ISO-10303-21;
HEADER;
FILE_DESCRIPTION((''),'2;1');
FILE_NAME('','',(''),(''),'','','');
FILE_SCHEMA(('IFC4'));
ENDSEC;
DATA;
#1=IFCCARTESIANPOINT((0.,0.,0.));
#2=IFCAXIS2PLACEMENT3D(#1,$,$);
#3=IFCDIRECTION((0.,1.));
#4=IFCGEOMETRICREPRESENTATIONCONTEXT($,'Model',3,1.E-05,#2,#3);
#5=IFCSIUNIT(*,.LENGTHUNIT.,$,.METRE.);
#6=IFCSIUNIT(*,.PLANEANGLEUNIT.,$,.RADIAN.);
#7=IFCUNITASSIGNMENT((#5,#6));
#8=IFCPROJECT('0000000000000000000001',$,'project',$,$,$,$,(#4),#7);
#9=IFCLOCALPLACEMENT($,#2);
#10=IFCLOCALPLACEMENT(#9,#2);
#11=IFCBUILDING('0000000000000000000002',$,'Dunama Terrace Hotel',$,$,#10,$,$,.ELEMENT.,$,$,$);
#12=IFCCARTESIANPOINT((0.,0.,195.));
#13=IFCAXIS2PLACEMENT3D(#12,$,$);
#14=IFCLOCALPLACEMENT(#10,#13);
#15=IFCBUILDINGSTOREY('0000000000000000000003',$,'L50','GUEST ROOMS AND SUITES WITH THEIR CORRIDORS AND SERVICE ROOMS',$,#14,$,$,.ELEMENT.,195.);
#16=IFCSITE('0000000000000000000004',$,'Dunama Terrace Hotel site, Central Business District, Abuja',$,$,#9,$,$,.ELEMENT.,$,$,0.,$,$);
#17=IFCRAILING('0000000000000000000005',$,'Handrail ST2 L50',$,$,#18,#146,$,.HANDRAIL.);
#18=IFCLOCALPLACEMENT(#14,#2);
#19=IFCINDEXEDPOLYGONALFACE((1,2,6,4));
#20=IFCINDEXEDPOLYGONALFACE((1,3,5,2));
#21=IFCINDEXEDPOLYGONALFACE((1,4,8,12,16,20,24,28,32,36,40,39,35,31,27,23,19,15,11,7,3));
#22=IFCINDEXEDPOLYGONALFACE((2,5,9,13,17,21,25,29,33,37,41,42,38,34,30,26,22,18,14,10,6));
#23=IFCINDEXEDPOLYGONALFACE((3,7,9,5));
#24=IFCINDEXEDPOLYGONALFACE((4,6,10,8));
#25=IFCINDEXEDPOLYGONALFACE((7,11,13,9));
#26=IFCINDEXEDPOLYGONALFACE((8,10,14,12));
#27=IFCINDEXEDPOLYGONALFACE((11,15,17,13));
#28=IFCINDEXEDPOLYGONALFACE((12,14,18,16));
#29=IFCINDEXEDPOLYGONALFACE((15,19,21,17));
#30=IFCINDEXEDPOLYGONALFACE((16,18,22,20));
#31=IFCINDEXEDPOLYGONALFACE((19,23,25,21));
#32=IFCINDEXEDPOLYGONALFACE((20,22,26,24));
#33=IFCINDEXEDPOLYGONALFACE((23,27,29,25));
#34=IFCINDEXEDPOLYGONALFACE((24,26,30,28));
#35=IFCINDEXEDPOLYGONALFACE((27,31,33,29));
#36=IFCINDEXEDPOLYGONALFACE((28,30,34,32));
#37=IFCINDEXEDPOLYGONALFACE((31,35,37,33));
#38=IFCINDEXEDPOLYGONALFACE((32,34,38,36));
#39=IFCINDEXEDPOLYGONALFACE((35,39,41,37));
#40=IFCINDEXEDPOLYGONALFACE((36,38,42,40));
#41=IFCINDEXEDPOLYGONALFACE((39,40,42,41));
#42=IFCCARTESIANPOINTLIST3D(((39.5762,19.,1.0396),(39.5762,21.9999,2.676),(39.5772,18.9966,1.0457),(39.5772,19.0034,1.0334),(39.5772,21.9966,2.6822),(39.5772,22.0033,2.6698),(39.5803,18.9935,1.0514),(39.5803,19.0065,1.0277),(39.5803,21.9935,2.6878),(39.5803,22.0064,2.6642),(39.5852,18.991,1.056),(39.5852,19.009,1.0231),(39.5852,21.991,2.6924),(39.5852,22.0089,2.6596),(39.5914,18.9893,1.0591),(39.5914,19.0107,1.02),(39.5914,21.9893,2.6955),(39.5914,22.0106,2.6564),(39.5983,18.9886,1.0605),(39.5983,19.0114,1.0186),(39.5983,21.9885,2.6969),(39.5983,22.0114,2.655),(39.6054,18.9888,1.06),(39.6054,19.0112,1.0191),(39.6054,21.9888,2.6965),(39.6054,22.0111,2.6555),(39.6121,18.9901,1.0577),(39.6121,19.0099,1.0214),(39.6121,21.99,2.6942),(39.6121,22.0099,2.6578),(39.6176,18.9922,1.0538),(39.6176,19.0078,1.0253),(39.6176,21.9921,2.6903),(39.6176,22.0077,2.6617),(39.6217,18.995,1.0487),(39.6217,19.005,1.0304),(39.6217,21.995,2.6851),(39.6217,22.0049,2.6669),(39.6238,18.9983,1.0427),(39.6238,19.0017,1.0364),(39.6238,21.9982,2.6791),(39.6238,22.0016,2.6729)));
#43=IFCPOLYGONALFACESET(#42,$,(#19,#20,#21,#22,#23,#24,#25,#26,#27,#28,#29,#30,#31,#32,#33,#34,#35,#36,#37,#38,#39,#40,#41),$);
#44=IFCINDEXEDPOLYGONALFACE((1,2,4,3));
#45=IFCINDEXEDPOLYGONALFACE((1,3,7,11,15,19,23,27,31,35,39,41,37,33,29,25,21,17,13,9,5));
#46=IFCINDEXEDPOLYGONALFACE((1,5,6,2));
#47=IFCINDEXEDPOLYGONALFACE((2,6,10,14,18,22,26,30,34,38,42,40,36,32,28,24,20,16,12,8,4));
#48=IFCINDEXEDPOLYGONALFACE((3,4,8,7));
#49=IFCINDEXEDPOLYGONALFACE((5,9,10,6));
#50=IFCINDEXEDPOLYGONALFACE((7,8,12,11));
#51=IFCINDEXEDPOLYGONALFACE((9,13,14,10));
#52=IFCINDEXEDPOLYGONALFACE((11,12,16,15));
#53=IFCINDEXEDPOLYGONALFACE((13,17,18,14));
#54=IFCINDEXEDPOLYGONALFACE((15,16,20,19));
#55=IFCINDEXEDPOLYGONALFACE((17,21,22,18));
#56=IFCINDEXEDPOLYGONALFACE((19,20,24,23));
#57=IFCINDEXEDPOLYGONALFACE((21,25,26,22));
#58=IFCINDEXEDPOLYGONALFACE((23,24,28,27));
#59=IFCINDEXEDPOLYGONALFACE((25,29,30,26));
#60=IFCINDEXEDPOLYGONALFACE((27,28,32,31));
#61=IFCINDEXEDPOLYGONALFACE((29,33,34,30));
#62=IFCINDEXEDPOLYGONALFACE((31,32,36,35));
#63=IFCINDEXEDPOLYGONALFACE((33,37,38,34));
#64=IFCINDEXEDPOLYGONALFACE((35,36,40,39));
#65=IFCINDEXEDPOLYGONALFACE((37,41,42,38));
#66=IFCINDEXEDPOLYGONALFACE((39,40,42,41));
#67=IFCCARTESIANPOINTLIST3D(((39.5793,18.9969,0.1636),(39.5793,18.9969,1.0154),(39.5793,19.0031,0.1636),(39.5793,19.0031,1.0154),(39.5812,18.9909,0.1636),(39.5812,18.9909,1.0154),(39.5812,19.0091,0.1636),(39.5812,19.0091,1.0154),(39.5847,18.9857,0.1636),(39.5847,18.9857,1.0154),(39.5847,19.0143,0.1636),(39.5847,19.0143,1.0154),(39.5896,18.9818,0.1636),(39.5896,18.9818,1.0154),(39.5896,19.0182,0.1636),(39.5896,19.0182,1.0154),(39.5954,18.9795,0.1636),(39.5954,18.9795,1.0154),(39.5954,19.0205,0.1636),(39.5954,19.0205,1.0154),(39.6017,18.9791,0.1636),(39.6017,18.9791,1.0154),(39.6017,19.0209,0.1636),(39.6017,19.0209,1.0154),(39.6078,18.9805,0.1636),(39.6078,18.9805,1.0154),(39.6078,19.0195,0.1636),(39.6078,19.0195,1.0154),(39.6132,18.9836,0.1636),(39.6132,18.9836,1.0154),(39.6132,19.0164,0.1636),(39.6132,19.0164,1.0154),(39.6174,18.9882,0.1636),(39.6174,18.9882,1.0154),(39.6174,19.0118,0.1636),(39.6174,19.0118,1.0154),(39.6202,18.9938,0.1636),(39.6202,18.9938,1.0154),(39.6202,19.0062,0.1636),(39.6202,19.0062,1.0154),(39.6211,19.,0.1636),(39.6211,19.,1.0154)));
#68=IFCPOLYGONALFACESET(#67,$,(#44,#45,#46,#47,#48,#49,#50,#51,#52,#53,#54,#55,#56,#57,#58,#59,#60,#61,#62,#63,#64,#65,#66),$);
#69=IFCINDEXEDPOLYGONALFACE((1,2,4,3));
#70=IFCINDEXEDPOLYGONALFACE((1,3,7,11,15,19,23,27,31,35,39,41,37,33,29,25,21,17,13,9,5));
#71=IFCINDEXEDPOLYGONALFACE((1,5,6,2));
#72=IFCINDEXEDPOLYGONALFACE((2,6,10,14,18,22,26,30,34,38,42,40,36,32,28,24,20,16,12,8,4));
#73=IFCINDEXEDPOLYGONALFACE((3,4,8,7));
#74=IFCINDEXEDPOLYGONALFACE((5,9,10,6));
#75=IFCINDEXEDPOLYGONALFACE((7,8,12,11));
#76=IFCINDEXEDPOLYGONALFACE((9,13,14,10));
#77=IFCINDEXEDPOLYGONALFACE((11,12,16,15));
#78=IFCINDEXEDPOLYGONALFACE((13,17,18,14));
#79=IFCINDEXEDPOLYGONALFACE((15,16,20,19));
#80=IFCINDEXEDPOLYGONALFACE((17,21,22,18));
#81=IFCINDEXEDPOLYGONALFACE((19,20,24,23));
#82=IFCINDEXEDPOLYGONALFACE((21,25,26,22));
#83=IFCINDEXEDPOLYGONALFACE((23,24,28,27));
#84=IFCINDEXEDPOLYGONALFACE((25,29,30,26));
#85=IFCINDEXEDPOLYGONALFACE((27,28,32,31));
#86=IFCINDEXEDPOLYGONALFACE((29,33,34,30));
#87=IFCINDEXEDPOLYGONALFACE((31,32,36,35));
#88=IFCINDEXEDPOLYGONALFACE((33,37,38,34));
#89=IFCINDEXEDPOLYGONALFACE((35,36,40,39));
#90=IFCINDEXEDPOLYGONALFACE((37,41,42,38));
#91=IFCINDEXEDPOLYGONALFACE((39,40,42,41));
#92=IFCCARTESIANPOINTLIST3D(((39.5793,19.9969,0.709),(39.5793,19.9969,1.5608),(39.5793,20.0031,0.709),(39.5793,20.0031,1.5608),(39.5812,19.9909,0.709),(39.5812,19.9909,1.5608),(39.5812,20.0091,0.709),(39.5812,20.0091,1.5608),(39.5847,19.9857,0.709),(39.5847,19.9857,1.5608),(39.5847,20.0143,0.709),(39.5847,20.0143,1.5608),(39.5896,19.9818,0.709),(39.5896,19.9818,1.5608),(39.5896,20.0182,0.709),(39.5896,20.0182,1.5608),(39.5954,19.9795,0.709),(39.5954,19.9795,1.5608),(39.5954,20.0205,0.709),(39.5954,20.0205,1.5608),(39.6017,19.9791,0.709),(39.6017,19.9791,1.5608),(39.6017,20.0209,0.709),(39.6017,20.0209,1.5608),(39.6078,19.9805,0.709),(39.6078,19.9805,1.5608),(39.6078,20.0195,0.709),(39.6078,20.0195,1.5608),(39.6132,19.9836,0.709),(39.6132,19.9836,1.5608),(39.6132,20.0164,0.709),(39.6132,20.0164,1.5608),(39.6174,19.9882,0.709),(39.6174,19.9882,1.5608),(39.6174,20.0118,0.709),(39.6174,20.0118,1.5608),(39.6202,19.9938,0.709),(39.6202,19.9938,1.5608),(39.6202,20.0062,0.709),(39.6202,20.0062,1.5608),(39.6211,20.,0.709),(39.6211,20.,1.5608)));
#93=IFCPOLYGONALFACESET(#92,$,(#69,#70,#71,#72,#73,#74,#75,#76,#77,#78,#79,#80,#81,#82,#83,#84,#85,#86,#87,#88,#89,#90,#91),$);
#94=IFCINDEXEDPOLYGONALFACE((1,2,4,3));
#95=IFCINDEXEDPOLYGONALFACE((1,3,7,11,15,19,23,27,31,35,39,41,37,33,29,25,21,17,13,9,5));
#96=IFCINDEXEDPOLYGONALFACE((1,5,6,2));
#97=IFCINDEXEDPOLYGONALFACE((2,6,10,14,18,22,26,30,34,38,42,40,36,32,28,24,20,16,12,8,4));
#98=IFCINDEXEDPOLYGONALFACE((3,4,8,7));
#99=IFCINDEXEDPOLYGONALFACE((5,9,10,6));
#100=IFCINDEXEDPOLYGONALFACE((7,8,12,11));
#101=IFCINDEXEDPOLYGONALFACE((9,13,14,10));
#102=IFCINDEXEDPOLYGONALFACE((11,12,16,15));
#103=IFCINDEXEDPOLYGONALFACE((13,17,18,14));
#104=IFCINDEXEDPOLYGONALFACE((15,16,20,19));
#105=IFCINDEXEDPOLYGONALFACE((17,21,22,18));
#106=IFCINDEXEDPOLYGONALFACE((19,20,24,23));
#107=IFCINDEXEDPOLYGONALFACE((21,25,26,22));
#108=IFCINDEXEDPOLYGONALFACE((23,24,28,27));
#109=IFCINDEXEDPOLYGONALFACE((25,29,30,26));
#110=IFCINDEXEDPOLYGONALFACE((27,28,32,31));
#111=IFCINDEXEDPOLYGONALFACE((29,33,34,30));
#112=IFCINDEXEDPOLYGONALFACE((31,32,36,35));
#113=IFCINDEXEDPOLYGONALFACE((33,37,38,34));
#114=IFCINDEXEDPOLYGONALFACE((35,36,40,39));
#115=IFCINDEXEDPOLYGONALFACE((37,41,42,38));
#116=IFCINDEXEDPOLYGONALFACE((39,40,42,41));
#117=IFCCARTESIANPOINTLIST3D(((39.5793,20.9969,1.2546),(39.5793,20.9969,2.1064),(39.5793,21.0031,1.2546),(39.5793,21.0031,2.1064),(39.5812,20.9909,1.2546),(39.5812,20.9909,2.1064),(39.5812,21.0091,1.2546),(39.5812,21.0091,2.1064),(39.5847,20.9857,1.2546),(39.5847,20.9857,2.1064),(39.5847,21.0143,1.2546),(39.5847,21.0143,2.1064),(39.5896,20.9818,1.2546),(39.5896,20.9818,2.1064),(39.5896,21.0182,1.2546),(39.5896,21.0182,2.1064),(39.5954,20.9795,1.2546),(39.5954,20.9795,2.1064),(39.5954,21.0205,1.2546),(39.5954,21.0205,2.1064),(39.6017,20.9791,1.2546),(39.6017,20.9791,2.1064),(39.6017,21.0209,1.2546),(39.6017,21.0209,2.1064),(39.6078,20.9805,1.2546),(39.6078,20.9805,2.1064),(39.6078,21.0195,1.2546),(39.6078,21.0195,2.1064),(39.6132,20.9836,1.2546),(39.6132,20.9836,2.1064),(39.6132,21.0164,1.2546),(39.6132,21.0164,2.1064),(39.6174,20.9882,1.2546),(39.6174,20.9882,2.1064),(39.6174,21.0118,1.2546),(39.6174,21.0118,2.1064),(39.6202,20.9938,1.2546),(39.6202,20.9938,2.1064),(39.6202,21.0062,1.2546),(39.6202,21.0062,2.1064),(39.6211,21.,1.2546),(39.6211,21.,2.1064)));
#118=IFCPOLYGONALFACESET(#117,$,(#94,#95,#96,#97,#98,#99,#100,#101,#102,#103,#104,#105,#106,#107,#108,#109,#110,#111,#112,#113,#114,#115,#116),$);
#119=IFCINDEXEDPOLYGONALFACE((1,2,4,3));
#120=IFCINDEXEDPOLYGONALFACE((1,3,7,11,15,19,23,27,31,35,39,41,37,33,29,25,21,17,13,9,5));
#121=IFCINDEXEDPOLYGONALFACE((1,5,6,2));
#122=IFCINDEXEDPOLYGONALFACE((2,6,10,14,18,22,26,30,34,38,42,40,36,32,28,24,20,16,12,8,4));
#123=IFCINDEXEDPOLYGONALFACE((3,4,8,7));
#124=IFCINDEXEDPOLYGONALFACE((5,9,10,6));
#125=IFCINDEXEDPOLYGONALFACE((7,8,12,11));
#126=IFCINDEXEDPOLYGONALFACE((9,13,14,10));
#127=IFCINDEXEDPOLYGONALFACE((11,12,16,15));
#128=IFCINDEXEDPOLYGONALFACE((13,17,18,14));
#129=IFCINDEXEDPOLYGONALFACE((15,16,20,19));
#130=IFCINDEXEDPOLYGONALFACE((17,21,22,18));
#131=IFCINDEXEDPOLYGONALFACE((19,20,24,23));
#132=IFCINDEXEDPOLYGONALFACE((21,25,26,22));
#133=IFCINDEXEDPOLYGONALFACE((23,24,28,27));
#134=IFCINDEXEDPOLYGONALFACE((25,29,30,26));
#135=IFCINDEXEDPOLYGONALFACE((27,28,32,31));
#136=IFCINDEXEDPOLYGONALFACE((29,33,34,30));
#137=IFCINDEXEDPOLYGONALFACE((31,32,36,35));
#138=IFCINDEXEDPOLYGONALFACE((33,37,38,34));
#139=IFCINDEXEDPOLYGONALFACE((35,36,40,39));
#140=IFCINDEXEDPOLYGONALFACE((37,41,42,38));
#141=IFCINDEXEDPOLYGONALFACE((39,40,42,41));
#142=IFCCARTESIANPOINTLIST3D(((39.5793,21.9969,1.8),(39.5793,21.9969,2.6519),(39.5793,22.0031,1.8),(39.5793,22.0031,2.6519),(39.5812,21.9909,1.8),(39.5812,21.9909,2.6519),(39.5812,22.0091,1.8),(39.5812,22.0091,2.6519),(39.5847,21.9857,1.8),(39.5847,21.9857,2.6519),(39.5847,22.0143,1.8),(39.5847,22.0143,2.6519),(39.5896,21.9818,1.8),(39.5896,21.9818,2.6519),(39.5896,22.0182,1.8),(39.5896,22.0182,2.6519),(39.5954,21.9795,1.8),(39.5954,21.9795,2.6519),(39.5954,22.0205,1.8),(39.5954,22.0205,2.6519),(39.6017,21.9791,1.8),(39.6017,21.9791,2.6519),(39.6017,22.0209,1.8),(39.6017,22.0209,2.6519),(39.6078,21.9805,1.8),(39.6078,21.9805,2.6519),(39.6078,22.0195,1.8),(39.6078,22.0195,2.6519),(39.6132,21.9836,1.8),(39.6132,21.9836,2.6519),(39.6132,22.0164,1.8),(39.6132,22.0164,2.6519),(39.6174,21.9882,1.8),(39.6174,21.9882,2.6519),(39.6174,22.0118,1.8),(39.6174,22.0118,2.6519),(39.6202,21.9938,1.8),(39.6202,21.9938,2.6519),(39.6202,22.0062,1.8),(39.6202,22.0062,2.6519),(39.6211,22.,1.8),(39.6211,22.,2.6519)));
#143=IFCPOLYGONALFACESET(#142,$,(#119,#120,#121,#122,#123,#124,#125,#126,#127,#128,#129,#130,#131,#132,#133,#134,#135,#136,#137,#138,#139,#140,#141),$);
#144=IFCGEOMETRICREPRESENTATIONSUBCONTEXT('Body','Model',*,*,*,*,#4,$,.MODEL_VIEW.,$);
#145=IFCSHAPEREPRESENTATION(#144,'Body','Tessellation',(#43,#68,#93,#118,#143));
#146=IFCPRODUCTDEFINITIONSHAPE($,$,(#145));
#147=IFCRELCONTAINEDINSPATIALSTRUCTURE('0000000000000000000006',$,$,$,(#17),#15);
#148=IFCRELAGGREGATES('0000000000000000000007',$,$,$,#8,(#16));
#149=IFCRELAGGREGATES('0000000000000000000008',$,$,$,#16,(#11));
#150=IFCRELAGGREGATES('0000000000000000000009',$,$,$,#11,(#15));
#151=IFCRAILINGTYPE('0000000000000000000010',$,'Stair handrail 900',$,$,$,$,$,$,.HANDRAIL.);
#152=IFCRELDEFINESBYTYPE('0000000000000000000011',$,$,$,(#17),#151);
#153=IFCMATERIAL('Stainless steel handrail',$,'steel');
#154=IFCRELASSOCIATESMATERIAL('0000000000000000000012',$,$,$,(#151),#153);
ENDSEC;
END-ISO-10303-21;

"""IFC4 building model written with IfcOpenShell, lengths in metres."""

from ifc_helpers import new_model, si_unit, direction, frame, origin, origin_2d, place, context, subcontext, project, spatial, circle, extrude, material, type_object, element, save


model = new_model("IFC4")

# Units and contexts
model_context = context("Model", 3, precision=1e-05, world=origin(), true_north=direction((0.0, 1.0)))
body_context = subcontext(model_context, "Body", "Model", "MODEL_VIEW")
ifc_project = project(units=[si_unit("LENGTHUNIT", "METRE"), si_unit("PLANEANGLEUNIT", "RADIAN")], contexts=[model_context])

# Site, building, storey
site_placement = place(None, origin())
site = spatial("IfcSite", under=ifc_project, at=site_placement, Name="Dunama Terrace Hotel site, Central Business District, Abuja", CompositionType="ELEMENT", RefElevation=0.0)
building_placement = place(site_placement, origin())
building = spatial("IfcBuilding", under=site, at=building_placement, Name="Dunama Terrace Hotel", CompositionType="ELEMENT")
storey_placement = place(building_placement, frame((0.0, 0.0, 195.0)))
storey = spatial("IfcBuildingStorey", under=building, at=storey_placement, Name="L50", Description="GUEST ROOMS AND SUITES WITH THEIR CORRIDORS AND SERVICE ROOMS", CompositionType="ELEMENT", Elevation=195.0)

# Railing
ifc_material_1 = material(Name="Stainless steel handrail", Category="steel")
railing_type = type_object("IfcRailingType", Name="Stair handrail 900", PredefinedType="HANDRAIL", material=ifc_material_1)
railing_1_placement = place(storey_placement, frame((39.6001, 19.0, 0.1636)))
element("IfcRailing", 1, at=railing_1_placement, inside=storey, type_object=railing_type, Name="Handrail ST2 L50", PredefinedType="HANDRAIL", context=body_context, shape_type="SweptSolid", body=[
    extrude(circle(Radius=0.0239, at=origin_2d()), frame((0.0, 0.0, 0.876), z_axis=(0.0, 0.877882, 0.478877), x_axis=(-1.0, 0.0, 0.0)), (0.0, 0.0, 1.0), 3.4172),
    extrude(circle(Radius=0.021, at=origin_2d()), origin(), (0.0, 0.0, 1.0), 0.8518),
    extrude(circle(Radius=0.021, at=origin_2d()), frame((0.0, 1.0, 0.5454)), (0.0, 0.0, 1.0), 0.8518),
    extrude(circle(Radius=0.021, at=origin_2d()), frame((0.0, 2.0, 1.0911)), (0.0, 0.0, 1.0), 0.8518),
    extrude(circle(Radius=0.021, at=origin_2d()), frame((0.0, 3.0, 1.6365)), (0.0, 0.0, 1.0), 0.8518),
])

save(model, "model.ifc")
